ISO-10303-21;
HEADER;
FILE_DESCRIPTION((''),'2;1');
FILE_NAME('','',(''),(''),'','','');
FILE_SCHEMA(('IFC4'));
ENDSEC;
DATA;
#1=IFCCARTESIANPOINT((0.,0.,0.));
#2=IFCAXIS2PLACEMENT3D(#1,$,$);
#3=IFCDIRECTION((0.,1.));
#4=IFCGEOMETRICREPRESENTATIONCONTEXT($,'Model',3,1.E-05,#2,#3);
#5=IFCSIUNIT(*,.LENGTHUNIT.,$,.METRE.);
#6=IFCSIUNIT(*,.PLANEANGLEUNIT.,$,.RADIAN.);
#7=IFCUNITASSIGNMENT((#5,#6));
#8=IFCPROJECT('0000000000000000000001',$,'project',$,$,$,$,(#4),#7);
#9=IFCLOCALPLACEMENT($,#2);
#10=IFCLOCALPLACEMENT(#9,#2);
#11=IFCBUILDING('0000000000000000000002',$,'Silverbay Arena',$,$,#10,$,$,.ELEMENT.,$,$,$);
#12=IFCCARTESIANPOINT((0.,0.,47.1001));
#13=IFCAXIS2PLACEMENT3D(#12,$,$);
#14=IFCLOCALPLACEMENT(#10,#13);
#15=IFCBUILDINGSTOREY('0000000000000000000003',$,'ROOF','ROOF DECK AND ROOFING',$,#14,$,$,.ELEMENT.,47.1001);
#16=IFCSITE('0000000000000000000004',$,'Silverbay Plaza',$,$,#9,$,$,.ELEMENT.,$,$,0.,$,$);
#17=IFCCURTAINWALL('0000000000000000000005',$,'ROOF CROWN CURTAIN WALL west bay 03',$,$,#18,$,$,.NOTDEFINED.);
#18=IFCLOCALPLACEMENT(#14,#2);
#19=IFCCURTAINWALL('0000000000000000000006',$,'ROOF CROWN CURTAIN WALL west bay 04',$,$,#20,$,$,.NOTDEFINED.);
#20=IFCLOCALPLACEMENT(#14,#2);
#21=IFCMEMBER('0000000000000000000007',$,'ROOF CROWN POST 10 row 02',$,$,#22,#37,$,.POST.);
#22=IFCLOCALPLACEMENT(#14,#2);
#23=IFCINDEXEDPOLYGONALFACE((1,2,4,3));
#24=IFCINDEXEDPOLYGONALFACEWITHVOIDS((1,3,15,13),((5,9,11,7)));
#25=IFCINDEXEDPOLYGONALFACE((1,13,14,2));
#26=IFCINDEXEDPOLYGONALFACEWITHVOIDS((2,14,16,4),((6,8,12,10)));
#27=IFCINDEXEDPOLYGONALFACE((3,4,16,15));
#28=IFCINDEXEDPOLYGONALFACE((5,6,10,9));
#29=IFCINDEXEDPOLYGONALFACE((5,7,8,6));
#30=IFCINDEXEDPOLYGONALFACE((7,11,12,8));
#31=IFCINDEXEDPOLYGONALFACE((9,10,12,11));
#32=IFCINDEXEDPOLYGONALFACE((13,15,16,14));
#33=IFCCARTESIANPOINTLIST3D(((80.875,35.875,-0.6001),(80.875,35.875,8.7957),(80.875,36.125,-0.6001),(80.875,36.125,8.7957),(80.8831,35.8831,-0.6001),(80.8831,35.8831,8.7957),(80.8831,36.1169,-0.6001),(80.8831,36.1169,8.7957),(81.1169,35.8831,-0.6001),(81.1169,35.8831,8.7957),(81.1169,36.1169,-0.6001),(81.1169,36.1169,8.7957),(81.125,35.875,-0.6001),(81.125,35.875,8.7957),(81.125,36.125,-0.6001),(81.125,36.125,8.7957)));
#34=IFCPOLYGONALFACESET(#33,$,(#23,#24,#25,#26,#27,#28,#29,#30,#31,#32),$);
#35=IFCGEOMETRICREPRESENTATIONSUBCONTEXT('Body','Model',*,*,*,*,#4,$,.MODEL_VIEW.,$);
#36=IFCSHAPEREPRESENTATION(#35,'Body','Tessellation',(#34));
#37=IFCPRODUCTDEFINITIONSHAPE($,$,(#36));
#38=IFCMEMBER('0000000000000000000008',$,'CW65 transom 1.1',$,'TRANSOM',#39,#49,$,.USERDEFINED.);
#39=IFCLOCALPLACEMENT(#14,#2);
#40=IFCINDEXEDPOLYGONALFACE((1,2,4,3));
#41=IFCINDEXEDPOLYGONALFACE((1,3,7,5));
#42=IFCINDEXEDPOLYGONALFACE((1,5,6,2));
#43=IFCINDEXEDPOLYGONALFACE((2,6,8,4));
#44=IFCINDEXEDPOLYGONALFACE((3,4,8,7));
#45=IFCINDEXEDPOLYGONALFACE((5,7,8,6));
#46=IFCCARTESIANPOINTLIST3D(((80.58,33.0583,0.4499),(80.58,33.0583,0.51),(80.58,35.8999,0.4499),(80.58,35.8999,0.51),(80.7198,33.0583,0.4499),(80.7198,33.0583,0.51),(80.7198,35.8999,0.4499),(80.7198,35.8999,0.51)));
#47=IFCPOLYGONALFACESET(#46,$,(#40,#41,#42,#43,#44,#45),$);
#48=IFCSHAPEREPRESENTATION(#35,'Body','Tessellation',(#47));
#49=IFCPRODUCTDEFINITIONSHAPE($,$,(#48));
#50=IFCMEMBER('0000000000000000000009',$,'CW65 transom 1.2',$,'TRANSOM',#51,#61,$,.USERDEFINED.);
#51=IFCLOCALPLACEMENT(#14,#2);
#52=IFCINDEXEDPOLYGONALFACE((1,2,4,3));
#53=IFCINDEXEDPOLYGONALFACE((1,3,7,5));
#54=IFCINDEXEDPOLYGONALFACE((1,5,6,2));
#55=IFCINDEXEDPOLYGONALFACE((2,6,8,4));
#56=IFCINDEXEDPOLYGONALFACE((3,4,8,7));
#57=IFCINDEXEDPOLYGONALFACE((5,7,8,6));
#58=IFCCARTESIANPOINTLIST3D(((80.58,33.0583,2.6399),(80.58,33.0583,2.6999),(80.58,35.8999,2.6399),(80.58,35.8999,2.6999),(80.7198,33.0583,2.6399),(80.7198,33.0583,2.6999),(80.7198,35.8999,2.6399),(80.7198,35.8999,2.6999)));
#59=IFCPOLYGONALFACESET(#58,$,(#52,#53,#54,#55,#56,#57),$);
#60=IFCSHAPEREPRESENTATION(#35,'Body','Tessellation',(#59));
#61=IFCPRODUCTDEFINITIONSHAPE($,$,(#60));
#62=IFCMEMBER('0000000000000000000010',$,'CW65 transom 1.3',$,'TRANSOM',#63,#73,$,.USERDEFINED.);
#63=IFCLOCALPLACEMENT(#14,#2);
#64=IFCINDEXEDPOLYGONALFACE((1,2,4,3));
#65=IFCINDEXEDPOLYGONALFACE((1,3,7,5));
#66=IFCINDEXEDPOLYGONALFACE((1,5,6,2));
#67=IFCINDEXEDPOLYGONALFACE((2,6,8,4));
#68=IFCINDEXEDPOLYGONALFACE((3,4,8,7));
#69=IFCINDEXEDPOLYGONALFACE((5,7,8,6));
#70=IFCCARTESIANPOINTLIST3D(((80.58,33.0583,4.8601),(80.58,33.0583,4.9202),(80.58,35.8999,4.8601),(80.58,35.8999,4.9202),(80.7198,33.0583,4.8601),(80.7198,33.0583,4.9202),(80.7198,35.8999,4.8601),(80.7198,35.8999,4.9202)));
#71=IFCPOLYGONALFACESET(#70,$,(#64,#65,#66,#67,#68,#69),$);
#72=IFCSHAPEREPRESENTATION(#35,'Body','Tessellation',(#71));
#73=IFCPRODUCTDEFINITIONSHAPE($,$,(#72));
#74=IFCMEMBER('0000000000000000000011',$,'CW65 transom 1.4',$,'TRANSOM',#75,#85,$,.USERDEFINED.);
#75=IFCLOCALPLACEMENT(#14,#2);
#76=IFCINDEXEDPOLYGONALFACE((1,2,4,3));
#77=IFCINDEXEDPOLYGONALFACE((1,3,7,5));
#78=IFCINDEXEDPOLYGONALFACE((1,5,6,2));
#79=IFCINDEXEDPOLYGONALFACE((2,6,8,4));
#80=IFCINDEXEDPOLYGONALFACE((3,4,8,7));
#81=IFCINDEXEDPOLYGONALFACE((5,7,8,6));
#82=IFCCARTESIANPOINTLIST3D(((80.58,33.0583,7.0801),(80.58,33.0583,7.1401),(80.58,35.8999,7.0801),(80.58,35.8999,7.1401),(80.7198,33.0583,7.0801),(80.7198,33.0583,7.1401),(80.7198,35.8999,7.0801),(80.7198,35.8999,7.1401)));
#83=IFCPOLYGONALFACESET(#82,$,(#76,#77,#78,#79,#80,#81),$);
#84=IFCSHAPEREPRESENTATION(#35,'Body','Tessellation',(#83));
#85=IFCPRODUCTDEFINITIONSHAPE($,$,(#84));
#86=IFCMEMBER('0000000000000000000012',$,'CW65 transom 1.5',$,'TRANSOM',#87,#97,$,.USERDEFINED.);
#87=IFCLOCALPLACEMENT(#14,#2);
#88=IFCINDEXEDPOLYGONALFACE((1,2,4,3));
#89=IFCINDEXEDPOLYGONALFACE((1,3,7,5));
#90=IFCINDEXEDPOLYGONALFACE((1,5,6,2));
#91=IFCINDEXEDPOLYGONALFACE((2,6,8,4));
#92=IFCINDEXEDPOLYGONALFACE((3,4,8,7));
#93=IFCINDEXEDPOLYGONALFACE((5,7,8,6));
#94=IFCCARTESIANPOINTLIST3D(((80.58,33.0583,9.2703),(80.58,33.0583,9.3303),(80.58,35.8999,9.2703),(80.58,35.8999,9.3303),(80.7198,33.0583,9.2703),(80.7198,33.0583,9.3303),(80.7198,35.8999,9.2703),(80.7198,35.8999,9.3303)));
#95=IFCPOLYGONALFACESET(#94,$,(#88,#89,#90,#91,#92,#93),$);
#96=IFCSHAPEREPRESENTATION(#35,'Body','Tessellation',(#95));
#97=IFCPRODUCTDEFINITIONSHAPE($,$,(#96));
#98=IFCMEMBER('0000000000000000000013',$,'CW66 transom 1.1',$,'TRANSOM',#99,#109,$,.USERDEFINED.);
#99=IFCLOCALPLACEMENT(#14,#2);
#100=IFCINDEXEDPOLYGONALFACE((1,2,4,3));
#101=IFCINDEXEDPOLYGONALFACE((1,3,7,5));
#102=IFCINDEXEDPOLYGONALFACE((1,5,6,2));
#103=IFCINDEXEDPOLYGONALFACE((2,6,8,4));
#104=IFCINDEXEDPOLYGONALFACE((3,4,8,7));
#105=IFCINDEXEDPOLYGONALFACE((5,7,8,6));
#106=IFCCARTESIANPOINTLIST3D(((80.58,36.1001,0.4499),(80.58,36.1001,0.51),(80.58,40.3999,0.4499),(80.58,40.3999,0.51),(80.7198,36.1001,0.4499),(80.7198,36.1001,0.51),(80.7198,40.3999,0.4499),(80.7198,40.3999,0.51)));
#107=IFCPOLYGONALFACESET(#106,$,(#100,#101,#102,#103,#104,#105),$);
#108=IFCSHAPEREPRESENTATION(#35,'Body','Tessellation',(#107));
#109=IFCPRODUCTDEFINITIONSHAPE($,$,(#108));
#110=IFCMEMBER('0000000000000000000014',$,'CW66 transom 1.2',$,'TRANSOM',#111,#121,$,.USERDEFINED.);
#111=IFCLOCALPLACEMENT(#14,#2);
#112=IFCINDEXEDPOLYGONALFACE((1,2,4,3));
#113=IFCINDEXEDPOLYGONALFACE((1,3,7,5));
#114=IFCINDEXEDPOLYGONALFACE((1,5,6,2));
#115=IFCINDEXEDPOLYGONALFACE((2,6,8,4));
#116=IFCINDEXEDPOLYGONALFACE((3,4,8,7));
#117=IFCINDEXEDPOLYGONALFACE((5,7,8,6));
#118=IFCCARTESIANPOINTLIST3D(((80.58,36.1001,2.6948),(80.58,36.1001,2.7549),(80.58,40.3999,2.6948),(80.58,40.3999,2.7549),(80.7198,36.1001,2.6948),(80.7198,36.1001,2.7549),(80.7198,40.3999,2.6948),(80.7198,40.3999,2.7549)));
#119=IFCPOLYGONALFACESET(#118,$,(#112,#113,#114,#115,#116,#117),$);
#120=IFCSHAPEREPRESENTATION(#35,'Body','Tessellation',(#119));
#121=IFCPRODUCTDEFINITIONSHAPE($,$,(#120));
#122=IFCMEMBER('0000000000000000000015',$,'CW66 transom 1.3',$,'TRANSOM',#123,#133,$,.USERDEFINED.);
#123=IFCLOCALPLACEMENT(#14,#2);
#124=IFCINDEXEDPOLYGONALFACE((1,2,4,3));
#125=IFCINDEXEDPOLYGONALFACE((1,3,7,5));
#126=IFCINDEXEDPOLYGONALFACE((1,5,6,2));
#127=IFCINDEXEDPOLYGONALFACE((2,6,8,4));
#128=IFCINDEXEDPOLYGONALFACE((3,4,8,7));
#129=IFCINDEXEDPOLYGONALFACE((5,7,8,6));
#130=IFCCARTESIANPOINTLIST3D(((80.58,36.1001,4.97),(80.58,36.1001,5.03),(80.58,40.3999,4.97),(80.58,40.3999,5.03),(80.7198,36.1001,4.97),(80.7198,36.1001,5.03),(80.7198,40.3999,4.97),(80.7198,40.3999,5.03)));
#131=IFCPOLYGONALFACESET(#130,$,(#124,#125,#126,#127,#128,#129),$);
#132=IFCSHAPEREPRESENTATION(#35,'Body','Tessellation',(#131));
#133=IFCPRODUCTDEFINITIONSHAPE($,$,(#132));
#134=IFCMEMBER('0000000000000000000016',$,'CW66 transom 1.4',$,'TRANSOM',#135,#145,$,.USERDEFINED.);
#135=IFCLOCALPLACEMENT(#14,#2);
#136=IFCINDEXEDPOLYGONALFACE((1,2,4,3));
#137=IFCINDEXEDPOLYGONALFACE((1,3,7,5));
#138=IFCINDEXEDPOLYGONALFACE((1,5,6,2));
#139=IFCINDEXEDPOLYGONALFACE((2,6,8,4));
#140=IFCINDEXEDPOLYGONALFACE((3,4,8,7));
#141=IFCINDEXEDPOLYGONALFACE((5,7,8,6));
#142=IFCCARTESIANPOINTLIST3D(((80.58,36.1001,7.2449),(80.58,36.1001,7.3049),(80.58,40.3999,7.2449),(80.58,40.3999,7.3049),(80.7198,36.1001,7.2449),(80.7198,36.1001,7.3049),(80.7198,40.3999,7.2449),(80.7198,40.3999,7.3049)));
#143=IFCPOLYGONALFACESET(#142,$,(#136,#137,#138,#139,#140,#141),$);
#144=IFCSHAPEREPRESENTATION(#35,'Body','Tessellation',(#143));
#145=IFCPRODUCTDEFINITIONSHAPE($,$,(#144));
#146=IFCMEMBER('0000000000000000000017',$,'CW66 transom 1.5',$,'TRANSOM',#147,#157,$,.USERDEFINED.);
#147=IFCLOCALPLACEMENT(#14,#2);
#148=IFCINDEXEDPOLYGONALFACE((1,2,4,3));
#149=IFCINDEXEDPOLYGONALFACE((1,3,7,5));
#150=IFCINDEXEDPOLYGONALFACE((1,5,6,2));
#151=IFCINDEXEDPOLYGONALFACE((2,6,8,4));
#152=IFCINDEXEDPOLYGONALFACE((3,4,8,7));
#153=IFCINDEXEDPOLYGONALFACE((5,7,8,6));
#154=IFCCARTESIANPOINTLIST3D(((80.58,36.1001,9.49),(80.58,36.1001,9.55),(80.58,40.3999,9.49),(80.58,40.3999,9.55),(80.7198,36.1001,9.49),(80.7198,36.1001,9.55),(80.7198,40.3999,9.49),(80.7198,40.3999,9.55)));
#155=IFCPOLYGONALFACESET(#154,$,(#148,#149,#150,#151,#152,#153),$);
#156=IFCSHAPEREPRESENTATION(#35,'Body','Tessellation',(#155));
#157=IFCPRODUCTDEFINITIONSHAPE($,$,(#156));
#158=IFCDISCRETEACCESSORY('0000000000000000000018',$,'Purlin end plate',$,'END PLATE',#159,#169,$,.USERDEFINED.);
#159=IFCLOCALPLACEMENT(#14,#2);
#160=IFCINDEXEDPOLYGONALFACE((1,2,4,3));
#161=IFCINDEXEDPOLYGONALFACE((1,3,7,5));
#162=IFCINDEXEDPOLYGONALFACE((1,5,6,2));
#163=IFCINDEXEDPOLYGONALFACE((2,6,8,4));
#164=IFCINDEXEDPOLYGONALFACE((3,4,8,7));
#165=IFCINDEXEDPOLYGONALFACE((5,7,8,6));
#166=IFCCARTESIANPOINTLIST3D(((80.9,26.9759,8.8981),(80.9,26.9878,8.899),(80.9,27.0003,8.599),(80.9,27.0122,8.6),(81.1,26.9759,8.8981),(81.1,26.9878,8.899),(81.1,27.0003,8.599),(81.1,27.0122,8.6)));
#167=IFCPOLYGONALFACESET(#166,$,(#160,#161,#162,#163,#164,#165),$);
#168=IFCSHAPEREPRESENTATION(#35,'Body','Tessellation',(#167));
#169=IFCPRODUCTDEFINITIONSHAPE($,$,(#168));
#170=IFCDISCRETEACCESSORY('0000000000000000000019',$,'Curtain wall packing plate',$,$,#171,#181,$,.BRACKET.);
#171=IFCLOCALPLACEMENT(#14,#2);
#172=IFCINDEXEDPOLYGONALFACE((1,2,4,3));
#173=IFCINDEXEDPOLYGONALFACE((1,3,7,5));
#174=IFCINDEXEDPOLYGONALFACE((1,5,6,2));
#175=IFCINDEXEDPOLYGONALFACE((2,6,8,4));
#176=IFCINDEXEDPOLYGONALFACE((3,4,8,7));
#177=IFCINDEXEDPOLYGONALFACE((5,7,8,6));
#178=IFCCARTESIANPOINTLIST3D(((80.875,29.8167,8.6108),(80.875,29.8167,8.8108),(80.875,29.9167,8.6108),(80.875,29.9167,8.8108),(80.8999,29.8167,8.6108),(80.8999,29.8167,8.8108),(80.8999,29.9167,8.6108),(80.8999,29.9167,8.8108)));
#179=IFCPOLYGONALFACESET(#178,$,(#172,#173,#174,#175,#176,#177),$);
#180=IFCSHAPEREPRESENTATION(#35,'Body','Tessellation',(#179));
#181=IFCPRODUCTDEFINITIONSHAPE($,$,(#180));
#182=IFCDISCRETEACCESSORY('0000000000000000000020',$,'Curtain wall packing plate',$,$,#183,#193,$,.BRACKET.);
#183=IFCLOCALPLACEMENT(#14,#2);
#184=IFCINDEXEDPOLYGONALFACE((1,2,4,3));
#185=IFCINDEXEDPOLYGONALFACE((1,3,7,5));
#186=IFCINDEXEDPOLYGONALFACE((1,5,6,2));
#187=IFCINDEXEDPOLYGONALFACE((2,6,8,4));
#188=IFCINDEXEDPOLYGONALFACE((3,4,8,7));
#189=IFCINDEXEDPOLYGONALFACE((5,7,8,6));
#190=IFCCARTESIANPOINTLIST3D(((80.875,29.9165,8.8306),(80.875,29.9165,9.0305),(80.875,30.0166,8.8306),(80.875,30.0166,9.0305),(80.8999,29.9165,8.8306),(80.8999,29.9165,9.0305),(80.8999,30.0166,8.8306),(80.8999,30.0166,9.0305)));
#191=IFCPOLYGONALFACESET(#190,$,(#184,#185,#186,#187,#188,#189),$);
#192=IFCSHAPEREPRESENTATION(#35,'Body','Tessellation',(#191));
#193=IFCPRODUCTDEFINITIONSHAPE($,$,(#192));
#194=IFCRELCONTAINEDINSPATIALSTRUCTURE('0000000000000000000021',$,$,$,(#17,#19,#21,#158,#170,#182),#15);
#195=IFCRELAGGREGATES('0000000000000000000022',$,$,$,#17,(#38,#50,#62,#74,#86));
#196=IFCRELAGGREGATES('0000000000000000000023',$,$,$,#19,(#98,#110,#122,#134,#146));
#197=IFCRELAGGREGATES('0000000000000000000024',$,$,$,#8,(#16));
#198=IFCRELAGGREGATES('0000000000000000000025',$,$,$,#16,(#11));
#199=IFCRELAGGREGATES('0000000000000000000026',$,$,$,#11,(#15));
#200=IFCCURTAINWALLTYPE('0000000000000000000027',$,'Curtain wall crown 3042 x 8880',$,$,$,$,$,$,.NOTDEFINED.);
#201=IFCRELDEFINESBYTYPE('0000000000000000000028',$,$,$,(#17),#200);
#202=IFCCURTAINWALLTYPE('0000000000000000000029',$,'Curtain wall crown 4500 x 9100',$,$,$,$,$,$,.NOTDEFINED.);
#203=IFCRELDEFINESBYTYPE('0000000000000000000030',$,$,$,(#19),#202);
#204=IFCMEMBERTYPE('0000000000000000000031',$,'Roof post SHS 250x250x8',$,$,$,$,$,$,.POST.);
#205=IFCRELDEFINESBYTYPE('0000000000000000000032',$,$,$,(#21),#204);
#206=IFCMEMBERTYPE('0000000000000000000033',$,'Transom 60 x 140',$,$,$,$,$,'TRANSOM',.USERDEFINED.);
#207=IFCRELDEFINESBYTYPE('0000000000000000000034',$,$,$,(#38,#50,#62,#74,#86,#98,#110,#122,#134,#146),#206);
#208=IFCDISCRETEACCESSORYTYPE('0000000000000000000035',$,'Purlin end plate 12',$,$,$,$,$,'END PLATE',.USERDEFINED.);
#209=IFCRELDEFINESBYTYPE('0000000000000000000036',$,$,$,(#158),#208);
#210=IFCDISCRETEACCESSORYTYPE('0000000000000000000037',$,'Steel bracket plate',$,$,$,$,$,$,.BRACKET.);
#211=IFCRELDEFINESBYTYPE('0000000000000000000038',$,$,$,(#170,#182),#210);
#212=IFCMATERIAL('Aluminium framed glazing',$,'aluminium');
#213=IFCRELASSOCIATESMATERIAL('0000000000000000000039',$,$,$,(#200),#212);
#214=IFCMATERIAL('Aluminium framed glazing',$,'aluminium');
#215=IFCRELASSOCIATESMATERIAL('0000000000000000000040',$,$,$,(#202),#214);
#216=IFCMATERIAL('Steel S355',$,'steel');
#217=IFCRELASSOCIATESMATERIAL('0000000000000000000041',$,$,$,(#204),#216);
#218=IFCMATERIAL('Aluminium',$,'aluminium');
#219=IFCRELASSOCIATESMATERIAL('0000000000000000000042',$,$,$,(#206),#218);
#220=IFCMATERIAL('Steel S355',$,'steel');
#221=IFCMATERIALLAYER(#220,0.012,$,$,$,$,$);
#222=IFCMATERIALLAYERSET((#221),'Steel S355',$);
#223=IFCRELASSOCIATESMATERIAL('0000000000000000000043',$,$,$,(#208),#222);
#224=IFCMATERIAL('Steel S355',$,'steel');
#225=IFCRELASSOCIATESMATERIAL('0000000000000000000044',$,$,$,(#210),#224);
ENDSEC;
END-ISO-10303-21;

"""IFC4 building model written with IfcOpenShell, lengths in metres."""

from ifc_helpers import new_model, si_unit, direction, frame, origin, origin_2d, place, context, subcontext, project, spatial, rectangle, hollow_rectangle, extrude, material, layer, layer_set, material_profile, profile_set, type_object, element, aggregate, save


model = new_model("IFC4")

# Units and contexts
model_context = context("Model", 3, precision=1e-05, world=origin(), true_north=direction((0.0, 1.0)))
body_context = subcontext(model_context, "Body", "Model", "MODEL_VIEW")
ifc_project = project(units=[si_unit("LENGTHUNIT", "METRE"), si_unit("PLANEANGLEUNIT", "RADIAN")], contexts=[model_context])

# Site, building, storey
site_placement = place(None, origin())
site = spatial("IfcSite", under=ifc_project, at=site_placement, Name="Silverbay Plaza", CompositionType="ELEMENT", RefElevation=0.0)
building_placement = place(site_placement, origin())
building = spatial("IfcBuilding", under=site, at=building_placement, Name="Silverbay Arena", CompositionType="ELEMENT")
storey_placement = place(building_placement, frame((0.0, 0.0, 47.1001)))
storey = spatial("IfcBuildingStorey", under=building, at=storey_placement, Name="ROOF", Description="ROOF DECK AND ROOFING", CompositionType="ELEMENT", Elevation=47.1001)

# Shared definitions
placement = place(building_placement, frame((0.0, 0.0, 33.5)))

# Curtain wall
ifc_material_1 = material(Name="Aluminium framed glazing", Category="aluminium")
curtain_wall_type_1 = type_object("IfcCurtainWallType", Name="Curtain wall crown 3042 x 8880", PredefinedType="NOTDEFINED", material=ifc_material_1)
curtain_wall_1_placement = place(storey_placement, origin())
curtain_wall_1 = element("IfcCurtainWall", 1, at=curtain_wall_1_placement, inside=storey, type_object=curtain_wall_type_1, Name="ROOF CROWN CURTAIN WALL west bay 03", PredefinedType="NOTDEFINED")

# Curtain wall
ifc_material_2 = material(Name="Aluminium framed glazing", Category="aluminium")
curtain_wall_type_2 = type_object("IfcCurtainWallType", Name="Curtain wall crown 4500 x 9100", PredefinedType="NOTDEFINED", material=ifc_material_2)
curtain_wall_2_placement = place(storey_placement, origin())
curtain_wall_2 = element("IfcCurtainWall", 2, at=curtain_wall_2_placement, inside=storey, type_object=curtain_wall_type_2, Name="ROOF CROWN CURTAIN WALL west bay 04", PredefinedType="NOTDEFINED")

# Member
ifc_material_3 = material(Name="Steel S355", Category="steel")
ifc_material_profile_1 = material_profile(ifc_material_3, hollow_rectangle(XDim=0.25, YDim=0.25, WallThickness=0.0081, at=origin_2d()), Name="SHS 250x250x8")
ifc_profile_set_1 = profile_set([ifc_material_profile_1], Name="Steel S355")
member_type_1 = type_object("IfcMemberType", Name="Roof post SHS 250x250x8", PredefinedType="POST", material=ifc_profile_set_1)
member_1_placement = place(storey_placement, frame((81.0, 36.0, -0.6001), z_axis=(0.0, 0.0, 1.0), x_axis=(1.0, 0.0, 0.0)))
element("IfcMember", 3, at=member_1_placement, inside=storey, type_object=member_type_1, Name="ROOF CROWN POST 10 row 02", PredefinedType="POST", context=body_context, shape_type="SweptSolid", body=[
    extrude(hollow_rectangle(XDim=0.25, YDim=0.25, WallThickness=0.0081, at=origin_2d()), origin(), (0.0, 0.0, 1.0), 9.3958),
])

# Members
ifc_material_4 = material(Name="Aluminium", Category="aluminium")
ifc_material_profile_2 = material_profile(ifc_material_4, rectangle(XDim=0.1399, YDim=0.0601, at=origin_2d()), Name="Transom 60 x 140")
ifc_profile_set_2 = profile_set([ifc_material_profile_2], Name="Aluminium")
member_type_2 = type_object("IfcMemberType", Name="Transom 60 x 140", ElementType="TRANSOM", PredefinedType="USERDEFINED", material=ifc_profile_set_2)
member_2_placement = place(placement, frame((80.6499, 33.0583, 14.0801), z_axis=(0.0, 1.0, 0.0), x_axis=(-1.0, 0.0, 0.0)))
member_2 = element("IfcMember", 4, at=member_2_placement, type_object=member_type_2, Name="CW65 transom 1.1", ObjectType="TRANSOM", PredefinedType="USERDEFINED", context=body_context, shape_type="SweptSolid", body=[
    extrude(rectangle(XDim=0.1399, YDim=0.0601, at=origin_2d()), origin(), (0.0, 0.0, 1.0), 2.8416),
])
member_3_placement = place(placement, frame((80.6499, 33.0583, 16.27), z_axis=(0.0, 1.0, 0.0), x_axis=(-1.0, 0.0, 0.0)))
member_3 = element("IfcMember", 5, at=member_3_placement, type_object=member_type_2, Name="CW65 transom 1.2", ObjectType="TRANSOM", PredefinedType="USERDEFINED", context=body_context, shape_type="SweptSolid", body=[
    extrude(rectangle(XDim=0.1399, YDim=0.0601, at=origin_2d()), origin(), (0.0, 0.0, 1.0), 2.8416),
])
member_4_placement = place(placement, frame((80.6499, 33.0583, 18.4902), z_axis=(0.0, 1.0, 0.0), x_axis=(-1.0, 0.0, 0.0)))
member_4 = element("IfcMember", 6, at=member_4_placement, type_object=member_type_2, Name="CW65 transom 1.3", ObjectType="TRANSOM", PredefinedType="USERDEFINED", context=body_context, shape_type="SweptSolid", body=[
    extrude(rectangle(XDim=0.1399, YDim=0.0601, at=origin_2d()), origin(), (0.0, 0.0, 1.0), 2.8416),
])
member_5_placement = place(placement, frame((80.6499, 33.0583, 20.7102), z_axis=(0.0, 1.0, 0.0), x_axis=(-1.0, 0.0, 0.0)))
member_5 = element("IfcMember", 7, at=member_5_placement, type_object=member_type_2, Name="CW65 transom 1.4", ObjectType="TRANSOM", PredefinedType="USERDEFINED", context=body_context, shape_type="SweptSolid", body=[
    extrude(rectangle(XDim=0.1399, YDim=0.0601, at=origin_2d()), origin(), (0.0, 0.0, 1.0), 2.8416),
])
member_6_placement = place(placement, frame((80.6499, 33.0583, 22.9004), z_axis=(0.0, 1.0, 0.0), x_axis=(-1.0, 0.0, 0.0)))
member_6 = element("IfcMember", 8, at=member_6_placement, type_object=member_type_2, Name="CW65 transom 1.5", ObjectType="TRANSOM", PredefinedType="USERDEFINED", context=body_context, shape_type="SweptSolid", body=[
    extrude(rectangle(XDim=0.1399, YDim=0.0601, at=origin_2d()), origin(), (0.0, 0.0, 1.0), 2.8416),
])
member_7_placement = place(placement, frame((80.6499, 36.1001, 14.0801), z_axis=(0.0, 1.0, 0.0), x_axis=(-1.0, 0.0, 0.0)))
member_7 = element("IfcMember", 9, at=member_7_placement, type_object=member_type_2, Name="CW66 transom 1.1", ObjectType="TRANSOM", PredefinedType="USERDEFINED", context=body_context, shape_type="SweptSolid", body=[
    extrude(rectangle(XDim=0.1399, YDim=0.0601, at=origin_2d()), origin(), (0.0, 0.0, 1.0), 4.2998),
])
member_8_placement = place(placement, frame((80.6499, 36.1001, 16.325), z_axis=(0.0, 1.0, 0.0), x_axis=(-1.0, 0.0, 0.0)))
member_8 = element("IfcMember", 10, at=member_8_placement, type_object=member_type_2, Name="CW66 transom 1.2", ObjectType="TRANSOM", PredefinedType="USERDEFINED", context=body_context, shape_type="SweptSolid", body=[
    extrude(rectangle(XDim=0.1399, YDim=0.0601, at=origin_2d()), origin(), (0.0, 0.0, 1.0), 4.2998),
])
member_9_placement = place(placement, frame((80.6499, 36.1001, 18.6001), z_axis=(0.0, 1.0, 0.0), x_axis=(-1.0, 0.0, 0.0)))
member_9 = element("IfcMember", 11, at=member_9_placement, type_object=member_type_2, Name="CW66 transom 1.3", ObjectType="TRANSOM", PredefinedType="USERDEFINED", context=body_context, shape_type="SweptSolid", body=[
    extrude(rectangle(XDim=0.1399, YDim=0.0601, at=origin_2d()), origin(), (0.0, 0.0, 1.0), 4.2998),
])
member_10_placement = place(placement, frame((80.6499, 36.1001, 20.875), z_axis=(0.0, 1.0, 0.0), x_axis=(-1.0, 0.0, 0.0)))
member_10 = element("IfcMember", 12, at=member_10_placement, type_object=member_type_2, Name="CW66 transom 1.4", ObjectType="TRANSOM", PredefinedType="USERDEFINED", context=body_context, shape_type="SweptSolid", body=[
    extrude(rectangle(XDim=0.1399, YDim=0.0601, at=origin_2d()), origin(), (0.0, 0.0, 1.0), 4.2998),
])
member_11_placement = place(placement, frame((80.6499, 36.1001, 23.1201), z_axis=(0.0, 1.0, 0.0), x_axis=(-1.0, 0.0, 0.0)))
member_11 = element("IfcMember", 13, at=member_11_placement, type_object=member_type_2, Name="CW66 transom 1.5", ObjectType="TRANSOM", PredefinedType="USERDEFINED", context=body_context, shape_type="SweptSolid", body=[
    extrude(rectangle(XDim=0.1399, YDim=0.0601, at=origin_2d()), origin(), (0.0, 0.0, 1.0), 4.2998),
])

aggregate(curtain_wall_1, [member_2, member_3, member_4, member_5, member_6])
aggregate(curtain_wall_2, [member_7, member_8, member_9, member_10, member_11])

# Discrete accessories
ifc_material_5 = material(Name="Steel S355", Category="steel")
ifc_layer_1 = layer(ifc_material_5, 0.012)
ifc_layer_set_1 = layer_set([ifc_layer_1], Name="Steel S355")
discrete_accessory_type_1 = type_object("IfcDiscreteAccessoryType", Name="Purlin end plate 12", ElementType="END PLATE", PredefinedType="USERDEFINED", material=ifc_layer_set_1)
discrete_accessory_placement = place(storey_placement, frame((81.0, 27.0, 8.7495), z_axis=(0.0, -0.996685, -0.081362), x_axis=(1.0, 0.0, 0.0)))
element("IfcDiscreteAccessory", 14, at=discrete_accessory_placement, inside=storey, type_object=discrete_accessory_type_1, Name="Purlin end plate", ObjectType="END PLATE", PredefinedType="USERDEFINED", context=body_context, shape_type="SweptSolid", body=[
    extrude(rectangle(XDim=0.2, YDim=0.3, at=origin_2d()), origin(), (0.0, 0.0, 1.0), 0.012),
])
ifc_material_6 = material(Name="Steel S355", Category="steel")
discrete_accessory_type_2 = type_object("IfcDiscreteAccessoryType", Name="Steel bracket plate", PredefinedType="BRACKET", material=ifc_material_6)
for number, where, z_axis, x_axis, name in (
    (15, (80.8875, 29.8667, 8.6108), (0.0, 0.0, 1.0), (1.0, 0.0, 0.0), "Curtain wall packing plate"),
    (16, (80.8875, 29.9666, 8.8306), (0.0, 0.0, 1.0), (1.0, 0.0, 0.0), "Curtain wall packing plate"),
):
    element("IfcDiscreteAccessory", number, at=place(storey_placement, frame(where, z_axis=z_axis, x_axis=x_axis)), inside=storey, type_object=discrete_accessory_type_2, Name=name, PredefinedType="BRACKET", context=body_context, shape_type="SweptSolid", body=[
        extrude(rectangle(XDim=0.0249, YDim=0.1001, at=origin_2d()), origin(), (0.0, 0.0, 1.0), 0.2),
    ])

save(model, "model.ifc")
